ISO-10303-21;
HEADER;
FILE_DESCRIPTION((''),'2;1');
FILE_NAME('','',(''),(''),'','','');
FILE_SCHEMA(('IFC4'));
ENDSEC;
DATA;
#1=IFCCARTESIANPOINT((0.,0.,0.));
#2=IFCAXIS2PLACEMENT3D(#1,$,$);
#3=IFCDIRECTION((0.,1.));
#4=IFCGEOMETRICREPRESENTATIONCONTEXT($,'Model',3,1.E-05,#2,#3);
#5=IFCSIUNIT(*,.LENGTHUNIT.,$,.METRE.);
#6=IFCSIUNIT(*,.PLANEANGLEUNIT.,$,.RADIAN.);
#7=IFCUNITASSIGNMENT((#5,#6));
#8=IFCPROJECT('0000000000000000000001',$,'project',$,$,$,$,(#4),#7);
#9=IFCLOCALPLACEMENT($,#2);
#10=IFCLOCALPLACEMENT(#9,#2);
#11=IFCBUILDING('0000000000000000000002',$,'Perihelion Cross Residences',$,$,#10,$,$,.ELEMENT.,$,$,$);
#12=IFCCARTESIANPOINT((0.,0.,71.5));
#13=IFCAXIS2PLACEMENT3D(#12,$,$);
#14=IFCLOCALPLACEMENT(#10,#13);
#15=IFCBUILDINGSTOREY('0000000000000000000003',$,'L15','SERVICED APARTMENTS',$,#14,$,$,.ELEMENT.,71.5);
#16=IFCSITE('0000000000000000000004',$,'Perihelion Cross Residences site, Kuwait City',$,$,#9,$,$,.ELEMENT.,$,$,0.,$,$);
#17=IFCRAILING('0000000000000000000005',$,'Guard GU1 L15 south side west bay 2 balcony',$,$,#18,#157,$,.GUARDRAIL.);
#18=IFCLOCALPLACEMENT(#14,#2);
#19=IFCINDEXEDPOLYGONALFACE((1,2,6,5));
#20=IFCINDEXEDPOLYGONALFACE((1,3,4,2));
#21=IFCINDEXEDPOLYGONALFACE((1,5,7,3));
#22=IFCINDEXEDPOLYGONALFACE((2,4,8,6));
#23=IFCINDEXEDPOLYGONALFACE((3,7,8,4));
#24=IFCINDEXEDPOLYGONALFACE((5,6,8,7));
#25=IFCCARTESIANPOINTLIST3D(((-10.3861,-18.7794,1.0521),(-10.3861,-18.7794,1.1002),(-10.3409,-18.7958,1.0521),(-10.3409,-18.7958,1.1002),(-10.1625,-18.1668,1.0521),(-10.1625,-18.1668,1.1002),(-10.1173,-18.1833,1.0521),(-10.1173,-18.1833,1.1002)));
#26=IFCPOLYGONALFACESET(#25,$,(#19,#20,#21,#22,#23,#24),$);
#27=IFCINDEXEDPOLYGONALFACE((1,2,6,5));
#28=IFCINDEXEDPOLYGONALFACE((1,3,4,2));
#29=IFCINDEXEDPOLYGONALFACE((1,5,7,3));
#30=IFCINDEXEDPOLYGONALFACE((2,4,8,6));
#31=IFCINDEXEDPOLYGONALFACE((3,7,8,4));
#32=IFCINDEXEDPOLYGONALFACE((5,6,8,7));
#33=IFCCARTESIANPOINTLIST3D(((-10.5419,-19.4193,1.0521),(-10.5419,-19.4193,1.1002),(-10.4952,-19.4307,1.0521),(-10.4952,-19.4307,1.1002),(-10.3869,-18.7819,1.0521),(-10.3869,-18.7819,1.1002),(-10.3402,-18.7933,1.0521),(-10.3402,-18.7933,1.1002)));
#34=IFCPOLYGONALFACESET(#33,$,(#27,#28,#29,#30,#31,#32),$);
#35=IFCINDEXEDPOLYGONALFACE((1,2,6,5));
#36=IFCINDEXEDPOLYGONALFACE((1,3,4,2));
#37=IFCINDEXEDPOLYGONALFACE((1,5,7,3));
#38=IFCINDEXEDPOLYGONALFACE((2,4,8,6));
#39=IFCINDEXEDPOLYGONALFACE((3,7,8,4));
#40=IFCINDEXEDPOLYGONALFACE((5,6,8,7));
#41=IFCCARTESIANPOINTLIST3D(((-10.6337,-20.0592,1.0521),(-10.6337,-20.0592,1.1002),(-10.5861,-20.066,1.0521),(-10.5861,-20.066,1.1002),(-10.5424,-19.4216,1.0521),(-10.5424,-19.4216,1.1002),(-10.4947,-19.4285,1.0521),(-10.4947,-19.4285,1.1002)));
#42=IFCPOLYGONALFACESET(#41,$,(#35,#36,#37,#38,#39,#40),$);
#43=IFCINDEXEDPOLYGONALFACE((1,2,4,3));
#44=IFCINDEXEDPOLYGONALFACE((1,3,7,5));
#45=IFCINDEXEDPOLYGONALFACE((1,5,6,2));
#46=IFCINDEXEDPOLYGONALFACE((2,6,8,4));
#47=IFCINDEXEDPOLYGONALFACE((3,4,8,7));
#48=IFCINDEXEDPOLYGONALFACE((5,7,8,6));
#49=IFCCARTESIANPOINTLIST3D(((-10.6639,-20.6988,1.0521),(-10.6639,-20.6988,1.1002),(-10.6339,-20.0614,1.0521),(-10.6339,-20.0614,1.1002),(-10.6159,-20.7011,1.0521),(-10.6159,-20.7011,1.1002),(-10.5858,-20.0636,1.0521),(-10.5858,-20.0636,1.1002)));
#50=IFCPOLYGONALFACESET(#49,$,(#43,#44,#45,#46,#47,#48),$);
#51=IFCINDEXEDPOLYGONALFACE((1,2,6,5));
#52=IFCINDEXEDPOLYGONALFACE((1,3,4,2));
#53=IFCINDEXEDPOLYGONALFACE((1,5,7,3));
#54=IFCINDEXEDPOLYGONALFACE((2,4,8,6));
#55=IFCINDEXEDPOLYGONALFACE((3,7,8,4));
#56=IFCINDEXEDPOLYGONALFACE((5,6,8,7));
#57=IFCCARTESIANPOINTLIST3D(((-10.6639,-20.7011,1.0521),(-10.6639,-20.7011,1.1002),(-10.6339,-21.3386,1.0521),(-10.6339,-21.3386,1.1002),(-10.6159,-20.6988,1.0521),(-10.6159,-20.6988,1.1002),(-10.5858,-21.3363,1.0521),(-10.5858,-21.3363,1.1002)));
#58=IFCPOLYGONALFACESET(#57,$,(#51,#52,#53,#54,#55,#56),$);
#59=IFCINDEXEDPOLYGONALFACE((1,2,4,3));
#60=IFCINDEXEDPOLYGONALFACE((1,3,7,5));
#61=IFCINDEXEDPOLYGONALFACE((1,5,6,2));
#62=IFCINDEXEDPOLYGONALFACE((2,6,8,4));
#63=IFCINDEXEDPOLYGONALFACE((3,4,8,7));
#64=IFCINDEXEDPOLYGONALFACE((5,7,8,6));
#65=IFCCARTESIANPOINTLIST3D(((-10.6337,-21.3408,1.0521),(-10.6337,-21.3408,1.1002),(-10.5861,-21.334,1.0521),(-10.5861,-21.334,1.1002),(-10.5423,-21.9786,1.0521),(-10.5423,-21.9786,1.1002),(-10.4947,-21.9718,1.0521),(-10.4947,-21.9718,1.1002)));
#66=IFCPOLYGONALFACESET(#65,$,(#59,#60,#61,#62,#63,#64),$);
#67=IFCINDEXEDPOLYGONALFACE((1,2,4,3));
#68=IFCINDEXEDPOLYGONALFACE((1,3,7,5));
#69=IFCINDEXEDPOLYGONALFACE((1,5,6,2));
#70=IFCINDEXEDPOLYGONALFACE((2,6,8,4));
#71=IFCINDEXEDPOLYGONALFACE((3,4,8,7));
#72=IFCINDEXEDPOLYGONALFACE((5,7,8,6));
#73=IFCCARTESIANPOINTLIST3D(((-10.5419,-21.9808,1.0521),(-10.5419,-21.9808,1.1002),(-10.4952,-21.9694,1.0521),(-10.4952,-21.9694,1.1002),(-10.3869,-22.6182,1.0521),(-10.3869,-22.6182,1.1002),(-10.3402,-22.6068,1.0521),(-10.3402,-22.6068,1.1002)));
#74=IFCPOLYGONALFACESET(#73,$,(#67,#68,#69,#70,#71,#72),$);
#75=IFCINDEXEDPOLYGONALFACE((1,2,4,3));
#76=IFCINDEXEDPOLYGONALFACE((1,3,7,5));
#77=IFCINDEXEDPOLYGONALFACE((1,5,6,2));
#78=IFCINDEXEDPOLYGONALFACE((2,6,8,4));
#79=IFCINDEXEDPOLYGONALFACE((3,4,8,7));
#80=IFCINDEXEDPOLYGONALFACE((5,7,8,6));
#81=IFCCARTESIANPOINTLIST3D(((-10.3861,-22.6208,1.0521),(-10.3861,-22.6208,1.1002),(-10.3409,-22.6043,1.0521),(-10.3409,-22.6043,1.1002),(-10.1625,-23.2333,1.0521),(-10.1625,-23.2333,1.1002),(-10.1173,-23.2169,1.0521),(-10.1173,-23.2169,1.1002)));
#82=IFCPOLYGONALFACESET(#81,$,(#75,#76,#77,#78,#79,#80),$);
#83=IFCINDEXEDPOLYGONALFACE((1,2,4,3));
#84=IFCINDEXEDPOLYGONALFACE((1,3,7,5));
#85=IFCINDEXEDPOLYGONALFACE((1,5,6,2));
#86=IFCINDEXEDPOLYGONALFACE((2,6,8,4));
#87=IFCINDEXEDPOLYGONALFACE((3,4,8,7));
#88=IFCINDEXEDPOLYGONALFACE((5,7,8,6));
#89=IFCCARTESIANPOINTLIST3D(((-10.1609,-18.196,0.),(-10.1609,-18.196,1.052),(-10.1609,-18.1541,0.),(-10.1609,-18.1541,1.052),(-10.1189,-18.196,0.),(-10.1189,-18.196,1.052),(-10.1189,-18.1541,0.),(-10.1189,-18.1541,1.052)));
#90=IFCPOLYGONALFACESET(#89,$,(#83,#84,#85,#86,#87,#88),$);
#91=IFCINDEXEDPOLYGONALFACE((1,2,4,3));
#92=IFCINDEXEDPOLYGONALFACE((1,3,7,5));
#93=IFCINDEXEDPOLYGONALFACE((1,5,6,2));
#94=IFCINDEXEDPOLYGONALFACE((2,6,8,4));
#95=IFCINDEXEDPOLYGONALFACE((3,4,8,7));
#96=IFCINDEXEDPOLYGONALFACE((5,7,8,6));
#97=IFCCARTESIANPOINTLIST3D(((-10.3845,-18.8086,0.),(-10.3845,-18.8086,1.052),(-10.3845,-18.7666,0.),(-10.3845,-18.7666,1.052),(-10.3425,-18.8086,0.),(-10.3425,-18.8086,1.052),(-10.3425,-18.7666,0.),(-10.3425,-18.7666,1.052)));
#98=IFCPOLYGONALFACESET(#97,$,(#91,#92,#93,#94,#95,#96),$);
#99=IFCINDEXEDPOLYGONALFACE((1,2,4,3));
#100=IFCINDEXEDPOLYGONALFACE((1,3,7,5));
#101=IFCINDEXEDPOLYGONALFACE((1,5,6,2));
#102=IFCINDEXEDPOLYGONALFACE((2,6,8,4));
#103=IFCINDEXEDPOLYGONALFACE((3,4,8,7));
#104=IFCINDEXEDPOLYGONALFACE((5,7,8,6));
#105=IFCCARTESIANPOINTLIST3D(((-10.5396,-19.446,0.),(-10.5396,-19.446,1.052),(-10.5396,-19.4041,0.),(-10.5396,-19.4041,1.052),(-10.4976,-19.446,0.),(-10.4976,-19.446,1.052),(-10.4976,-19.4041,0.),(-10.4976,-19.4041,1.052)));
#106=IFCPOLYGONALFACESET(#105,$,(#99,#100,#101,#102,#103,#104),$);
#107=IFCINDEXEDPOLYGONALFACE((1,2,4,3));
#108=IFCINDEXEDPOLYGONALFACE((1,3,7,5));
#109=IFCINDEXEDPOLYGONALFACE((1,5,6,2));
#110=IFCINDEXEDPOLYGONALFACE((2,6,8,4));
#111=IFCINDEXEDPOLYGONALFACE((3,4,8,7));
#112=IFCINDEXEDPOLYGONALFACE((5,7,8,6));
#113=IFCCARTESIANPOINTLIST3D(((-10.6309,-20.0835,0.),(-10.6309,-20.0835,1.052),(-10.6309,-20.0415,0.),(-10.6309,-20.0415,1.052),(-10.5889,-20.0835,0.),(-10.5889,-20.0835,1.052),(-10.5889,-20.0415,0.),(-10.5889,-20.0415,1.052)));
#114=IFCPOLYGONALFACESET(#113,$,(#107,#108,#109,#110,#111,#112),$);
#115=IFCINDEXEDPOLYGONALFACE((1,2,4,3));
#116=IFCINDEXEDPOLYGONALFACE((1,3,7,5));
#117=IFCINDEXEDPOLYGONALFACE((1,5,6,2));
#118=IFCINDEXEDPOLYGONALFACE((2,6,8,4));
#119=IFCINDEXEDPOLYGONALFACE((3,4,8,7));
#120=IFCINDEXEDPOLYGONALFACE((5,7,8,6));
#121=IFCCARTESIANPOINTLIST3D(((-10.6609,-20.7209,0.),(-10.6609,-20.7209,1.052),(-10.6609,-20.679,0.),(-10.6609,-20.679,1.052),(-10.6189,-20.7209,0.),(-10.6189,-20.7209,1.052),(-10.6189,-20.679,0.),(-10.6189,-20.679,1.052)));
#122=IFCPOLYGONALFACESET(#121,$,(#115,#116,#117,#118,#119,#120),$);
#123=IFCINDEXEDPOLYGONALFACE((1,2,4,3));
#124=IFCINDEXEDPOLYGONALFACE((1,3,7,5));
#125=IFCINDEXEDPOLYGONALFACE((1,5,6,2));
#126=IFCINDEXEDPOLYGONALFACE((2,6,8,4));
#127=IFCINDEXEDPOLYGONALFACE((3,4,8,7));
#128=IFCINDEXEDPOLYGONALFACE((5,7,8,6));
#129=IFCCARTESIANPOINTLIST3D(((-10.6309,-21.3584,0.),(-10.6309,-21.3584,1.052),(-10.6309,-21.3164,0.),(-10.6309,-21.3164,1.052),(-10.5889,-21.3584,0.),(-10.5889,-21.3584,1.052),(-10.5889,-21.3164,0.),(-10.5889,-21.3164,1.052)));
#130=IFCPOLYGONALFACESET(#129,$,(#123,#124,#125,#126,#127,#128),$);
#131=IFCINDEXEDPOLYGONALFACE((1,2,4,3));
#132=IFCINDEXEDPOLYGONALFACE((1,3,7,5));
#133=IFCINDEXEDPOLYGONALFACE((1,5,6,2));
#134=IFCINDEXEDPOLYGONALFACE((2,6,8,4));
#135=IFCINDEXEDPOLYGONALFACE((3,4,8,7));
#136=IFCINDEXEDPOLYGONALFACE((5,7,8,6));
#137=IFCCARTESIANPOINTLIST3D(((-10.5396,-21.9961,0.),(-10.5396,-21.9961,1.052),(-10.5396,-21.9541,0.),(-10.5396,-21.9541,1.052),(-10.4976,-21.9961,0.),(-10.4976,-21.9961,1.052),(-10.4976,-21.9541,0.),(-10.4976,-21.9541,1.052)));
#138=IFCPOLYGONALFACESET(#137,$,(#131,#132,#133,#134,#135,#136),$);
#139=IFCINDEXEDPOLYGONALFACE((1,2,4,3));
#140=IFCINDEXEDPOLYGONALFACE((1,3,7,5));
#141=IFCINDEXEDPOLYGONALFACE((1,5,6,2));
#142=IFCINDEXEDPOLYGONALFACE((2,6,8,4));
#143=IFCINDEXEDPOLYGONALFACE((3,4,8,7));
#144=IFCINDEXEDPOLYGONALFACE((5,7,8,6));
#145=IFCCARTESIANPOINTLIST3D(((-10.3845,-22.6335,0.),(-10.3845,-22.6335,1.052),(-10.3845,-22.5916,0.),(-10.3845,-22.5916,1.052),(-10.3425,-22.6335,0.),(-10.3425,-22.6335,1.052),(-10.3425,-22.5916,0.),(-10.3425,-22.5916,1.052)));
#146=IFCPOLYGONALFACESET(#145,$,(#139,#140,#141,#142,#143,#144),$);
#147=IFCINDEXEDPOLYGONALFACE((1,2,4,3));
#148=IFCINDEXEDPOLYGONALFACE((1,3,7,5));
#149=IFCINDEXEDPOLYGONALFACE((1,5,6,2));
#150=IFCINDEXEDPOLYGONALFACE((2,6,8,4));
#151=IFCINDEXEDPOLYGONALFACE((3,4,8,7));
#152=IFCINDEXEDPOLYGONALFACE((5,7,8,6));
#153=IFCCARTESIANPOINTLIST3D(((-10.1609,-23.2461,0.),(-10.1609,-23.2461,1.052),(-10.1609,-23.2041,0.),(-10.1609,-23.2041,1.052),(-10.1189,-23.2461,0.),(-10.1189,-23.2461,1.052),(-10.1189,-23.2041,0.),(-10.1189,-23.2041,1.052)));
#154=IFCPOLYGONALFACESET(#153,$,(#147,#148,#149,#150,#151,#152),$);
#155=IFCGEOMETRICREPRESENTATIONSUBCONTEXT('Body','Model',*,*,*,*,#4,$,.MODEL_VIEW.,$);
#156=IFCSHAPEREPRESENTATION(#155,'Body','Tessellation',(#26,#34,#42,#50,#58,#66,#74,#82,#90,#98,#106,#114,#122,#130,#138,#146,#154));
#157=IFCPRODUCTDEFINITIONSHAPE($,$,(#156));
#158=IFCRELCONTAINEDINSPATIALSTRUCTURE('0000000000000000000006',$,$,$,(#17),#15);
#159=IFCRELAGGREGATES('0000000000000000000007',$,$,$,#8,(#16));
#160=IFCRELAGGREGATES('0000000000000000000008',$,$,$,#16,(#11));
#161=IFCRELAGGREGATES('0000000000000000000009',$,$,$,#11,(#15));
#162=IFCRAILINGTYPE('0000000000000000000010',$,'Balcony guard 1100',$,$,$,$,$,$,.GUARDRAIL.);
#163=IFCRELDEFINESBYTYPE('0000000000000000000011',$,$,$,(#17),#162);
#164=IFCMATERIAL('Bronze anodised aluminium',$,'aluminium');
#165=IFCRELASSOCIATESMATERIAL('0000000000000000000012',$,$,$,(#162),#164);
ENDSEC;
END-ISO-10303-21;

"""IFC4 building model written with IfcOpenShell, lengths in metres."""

from ifc_helpers import new_model, si_unit, direction, frame, origin, origin_2d, place, context, subcontext, project, spatial, rectangle, extrude, material, type_object, element, save


model = new_model("IFC4")

# Units and contexts
model_context = context("Model", 3, precision=1e-05, world=origin(), true_north=direction((0.0, 1.0)))
body_context = subcontext(model_context, "Body", "Model", "MODEL_VIEW")
ifc_project = project(units=[si_unit("LENGTHUNIT", "METRE"), si_unit("PLANEANGLEUNIT", "RADIAN")], contexts=[model_context])

# Site, building, storey
site_placement = place(None, origin())
site = spatial("IfcSite", under=ifc_project, at=site_placement, Name="Perihelion Cross Residences site, Kuwait City", CompositionType="ELEMENT", RefElevation=0.0)
building_placement = place(site_placement, origin())
building = spatial("IfcBuilding", under=site, at=building_placement, Name="Perihelion Cross Residences", CompositionType="ELEMENT")
storey_placement = place(building_placement, frame((0.0, 0.0, 71.5)))
storey = spatial("IfcBuildingStorey", under=building, at=storey_placement, Name="L15", Description="SERVICED APARTMENTS", CompositionType="ELEMENT", Elevation=71.5)

# Railing
ifc_material_1 = material(Name="Bronze anodised aluminium", Category="aluminium")
railing_type = type_object("IfcRailingType", Name="Balcony guard 1100", PredefinedType="GUARDRAIL", material=ifc_material_1)
railing_1_placement = place(storey_placement, frame((-10.1399, -18.175, 0.0)))
element("IfcRailing", 1, at=railing_1_placement, inside=storey, type_object=railing_type, Name="Guard GU1 L15 south side west bay 2 balcony", PredefinedType="GUARDRAIL", context=body_context, shape_type="SweptSolid", body=[
    extrude(rectangle(XDim=0.0481, YDim=0.0481, at=origin_2d()), frame((0.0, 0.0, 1.0762), z_axis=(-0.342945, -0.939355, 0.0), x_axis=(0.939355, -0.342945, 0.0)), (0.0, 0.0, 1.0), 0.6521),
    extrude(rectangle(XDim=0.0481, YDim=0.0481, at=origin_2d()), frame((-0.2236, -0.6125, 1.0762), z_axis=(-0.236314, -0.971677, 0.0), x_axis=(0.971677, -0.236314, 0.0)), (0.0, 0.0, 1.0), 0.656),
    extrude(rectangle(XDim=0.0481, YDim=0.0481, at=origin_2d()), frame((-0.3787, -1.25, 1.0762), z_axis=(-0.141793, -0.989896, 0.0), x_axis=(0.989896, -0.141793, 0.0)), (0.0, 0.0, 1.0), 0.644),
    extrude(rectangle(XDim=0.0481, YDim=0.0481, at=origin_2d()), frame((-0.47, -1.8875, 1.0762), z_axis=(-0.047056, -0.998892, 0.0), x_axis=(0.998892, -0.047056, 0.0)), (0.0, 0.0, 1.0), 0.6382),
    extrude(rectangle(XDim=0.0481, YDim=0.0481, at=origin_2d()), frame((-0.5, -2.5249, 1.0762), z_axis=(0.047056, -0.998892, 0.0), x_axis=(0.998892, 0.047056, 0.0)), (0.0, 0.0, 1.0), 0.6382),
    extrude(rectangle(XDim=0.0481, YDim=0.0481, at=origin_2d()), frame((-0.47, -3.1624, 1.0762), z_axis=(0.14174, -0.989904, 0.0), x_axis=(0.989904, 0.14174, 0.0)), (0.0, 0.0, 1.0), 0.6443),
    extrude(rectangle(XDim=0.0481, YDim=0.0481, at=origin_2d()), frame((-0.3787, -3.8, 1.0762), z_axis=(0.236314, -0.971677, 0.0), x_axis=(0.971677, 0.236314, 0.0)), (0.0, 0.0, 1.0), 0.656),
    extrude(rectangle(XDim=0.0481, YDim=0.0481, at=origin_2d()), frame((-0.2236, -4.4375, 1.0762), z_axis=(0.342945, -0.939355, 0.0), x_axis=(0.939355, 0.342945, 0.0)), (0.0, 0.0, 1.0), 0.6521),
    extrude(rectangle(XDim=0.042, YDim=0.042, at=origin_2d()), origin(), (0.0, 0.0, 1.0), 1.052),
    extrude(rectangle(XDim=0.042, YDim=0.042, at=origin_2d()), frame((-0.2236, -0.6125, 0.0)), (0.0, 0.0, 1.0), 1.052),
    extrude(rectangle(XDim=0.042, YDim=0.042, at=origin_2d()), frame((-0.3787, -1.25, 0.0)), (0.0, 0.0, 1.0), 1.052),
    extrude(rectangle(XDim=0.042, YDim=0.042, at=origin_2d()), frame((-0.47, -1.8875, 0.0)), (0.0, 0.0, 1.0), 1.052),
    extrude(rectangle(XDim=0.042, YDim=0.042, at=origin_2d()), frame((-0.5, -2.5249, 0.0)), (0.0, 0.0, 1.0), 1.052),
    extrude(rectangle(XDim=0.042, YDim=0.042, at=origin_2d()), frame((-0.47, -3.1624, 0.0)), (0.0, 0.0, 1.0), 1.052),
    extrude(rectangle(XDim=0.042, YDim=0.042, at=origin_2d()), frame((-0.3787, -3.8, 0.0)), (0.0, 0.0, 1.0), 1.052),
    extrude(rectangle(XDim=0.042, YDim=0.042, at=origin_2d()), frame((-0.2236, -4.4375, 0.0)), (0.0, 0.0, 1.0), 1.052),
    extrude(rectangle(XDim=0.042, YDim=0.042, at=origin_2d()), frame((0.0, -5.05, 0.0)), (0.0, 0.0, 1.0), 1.052),
])

save(model, "model.ifc")
